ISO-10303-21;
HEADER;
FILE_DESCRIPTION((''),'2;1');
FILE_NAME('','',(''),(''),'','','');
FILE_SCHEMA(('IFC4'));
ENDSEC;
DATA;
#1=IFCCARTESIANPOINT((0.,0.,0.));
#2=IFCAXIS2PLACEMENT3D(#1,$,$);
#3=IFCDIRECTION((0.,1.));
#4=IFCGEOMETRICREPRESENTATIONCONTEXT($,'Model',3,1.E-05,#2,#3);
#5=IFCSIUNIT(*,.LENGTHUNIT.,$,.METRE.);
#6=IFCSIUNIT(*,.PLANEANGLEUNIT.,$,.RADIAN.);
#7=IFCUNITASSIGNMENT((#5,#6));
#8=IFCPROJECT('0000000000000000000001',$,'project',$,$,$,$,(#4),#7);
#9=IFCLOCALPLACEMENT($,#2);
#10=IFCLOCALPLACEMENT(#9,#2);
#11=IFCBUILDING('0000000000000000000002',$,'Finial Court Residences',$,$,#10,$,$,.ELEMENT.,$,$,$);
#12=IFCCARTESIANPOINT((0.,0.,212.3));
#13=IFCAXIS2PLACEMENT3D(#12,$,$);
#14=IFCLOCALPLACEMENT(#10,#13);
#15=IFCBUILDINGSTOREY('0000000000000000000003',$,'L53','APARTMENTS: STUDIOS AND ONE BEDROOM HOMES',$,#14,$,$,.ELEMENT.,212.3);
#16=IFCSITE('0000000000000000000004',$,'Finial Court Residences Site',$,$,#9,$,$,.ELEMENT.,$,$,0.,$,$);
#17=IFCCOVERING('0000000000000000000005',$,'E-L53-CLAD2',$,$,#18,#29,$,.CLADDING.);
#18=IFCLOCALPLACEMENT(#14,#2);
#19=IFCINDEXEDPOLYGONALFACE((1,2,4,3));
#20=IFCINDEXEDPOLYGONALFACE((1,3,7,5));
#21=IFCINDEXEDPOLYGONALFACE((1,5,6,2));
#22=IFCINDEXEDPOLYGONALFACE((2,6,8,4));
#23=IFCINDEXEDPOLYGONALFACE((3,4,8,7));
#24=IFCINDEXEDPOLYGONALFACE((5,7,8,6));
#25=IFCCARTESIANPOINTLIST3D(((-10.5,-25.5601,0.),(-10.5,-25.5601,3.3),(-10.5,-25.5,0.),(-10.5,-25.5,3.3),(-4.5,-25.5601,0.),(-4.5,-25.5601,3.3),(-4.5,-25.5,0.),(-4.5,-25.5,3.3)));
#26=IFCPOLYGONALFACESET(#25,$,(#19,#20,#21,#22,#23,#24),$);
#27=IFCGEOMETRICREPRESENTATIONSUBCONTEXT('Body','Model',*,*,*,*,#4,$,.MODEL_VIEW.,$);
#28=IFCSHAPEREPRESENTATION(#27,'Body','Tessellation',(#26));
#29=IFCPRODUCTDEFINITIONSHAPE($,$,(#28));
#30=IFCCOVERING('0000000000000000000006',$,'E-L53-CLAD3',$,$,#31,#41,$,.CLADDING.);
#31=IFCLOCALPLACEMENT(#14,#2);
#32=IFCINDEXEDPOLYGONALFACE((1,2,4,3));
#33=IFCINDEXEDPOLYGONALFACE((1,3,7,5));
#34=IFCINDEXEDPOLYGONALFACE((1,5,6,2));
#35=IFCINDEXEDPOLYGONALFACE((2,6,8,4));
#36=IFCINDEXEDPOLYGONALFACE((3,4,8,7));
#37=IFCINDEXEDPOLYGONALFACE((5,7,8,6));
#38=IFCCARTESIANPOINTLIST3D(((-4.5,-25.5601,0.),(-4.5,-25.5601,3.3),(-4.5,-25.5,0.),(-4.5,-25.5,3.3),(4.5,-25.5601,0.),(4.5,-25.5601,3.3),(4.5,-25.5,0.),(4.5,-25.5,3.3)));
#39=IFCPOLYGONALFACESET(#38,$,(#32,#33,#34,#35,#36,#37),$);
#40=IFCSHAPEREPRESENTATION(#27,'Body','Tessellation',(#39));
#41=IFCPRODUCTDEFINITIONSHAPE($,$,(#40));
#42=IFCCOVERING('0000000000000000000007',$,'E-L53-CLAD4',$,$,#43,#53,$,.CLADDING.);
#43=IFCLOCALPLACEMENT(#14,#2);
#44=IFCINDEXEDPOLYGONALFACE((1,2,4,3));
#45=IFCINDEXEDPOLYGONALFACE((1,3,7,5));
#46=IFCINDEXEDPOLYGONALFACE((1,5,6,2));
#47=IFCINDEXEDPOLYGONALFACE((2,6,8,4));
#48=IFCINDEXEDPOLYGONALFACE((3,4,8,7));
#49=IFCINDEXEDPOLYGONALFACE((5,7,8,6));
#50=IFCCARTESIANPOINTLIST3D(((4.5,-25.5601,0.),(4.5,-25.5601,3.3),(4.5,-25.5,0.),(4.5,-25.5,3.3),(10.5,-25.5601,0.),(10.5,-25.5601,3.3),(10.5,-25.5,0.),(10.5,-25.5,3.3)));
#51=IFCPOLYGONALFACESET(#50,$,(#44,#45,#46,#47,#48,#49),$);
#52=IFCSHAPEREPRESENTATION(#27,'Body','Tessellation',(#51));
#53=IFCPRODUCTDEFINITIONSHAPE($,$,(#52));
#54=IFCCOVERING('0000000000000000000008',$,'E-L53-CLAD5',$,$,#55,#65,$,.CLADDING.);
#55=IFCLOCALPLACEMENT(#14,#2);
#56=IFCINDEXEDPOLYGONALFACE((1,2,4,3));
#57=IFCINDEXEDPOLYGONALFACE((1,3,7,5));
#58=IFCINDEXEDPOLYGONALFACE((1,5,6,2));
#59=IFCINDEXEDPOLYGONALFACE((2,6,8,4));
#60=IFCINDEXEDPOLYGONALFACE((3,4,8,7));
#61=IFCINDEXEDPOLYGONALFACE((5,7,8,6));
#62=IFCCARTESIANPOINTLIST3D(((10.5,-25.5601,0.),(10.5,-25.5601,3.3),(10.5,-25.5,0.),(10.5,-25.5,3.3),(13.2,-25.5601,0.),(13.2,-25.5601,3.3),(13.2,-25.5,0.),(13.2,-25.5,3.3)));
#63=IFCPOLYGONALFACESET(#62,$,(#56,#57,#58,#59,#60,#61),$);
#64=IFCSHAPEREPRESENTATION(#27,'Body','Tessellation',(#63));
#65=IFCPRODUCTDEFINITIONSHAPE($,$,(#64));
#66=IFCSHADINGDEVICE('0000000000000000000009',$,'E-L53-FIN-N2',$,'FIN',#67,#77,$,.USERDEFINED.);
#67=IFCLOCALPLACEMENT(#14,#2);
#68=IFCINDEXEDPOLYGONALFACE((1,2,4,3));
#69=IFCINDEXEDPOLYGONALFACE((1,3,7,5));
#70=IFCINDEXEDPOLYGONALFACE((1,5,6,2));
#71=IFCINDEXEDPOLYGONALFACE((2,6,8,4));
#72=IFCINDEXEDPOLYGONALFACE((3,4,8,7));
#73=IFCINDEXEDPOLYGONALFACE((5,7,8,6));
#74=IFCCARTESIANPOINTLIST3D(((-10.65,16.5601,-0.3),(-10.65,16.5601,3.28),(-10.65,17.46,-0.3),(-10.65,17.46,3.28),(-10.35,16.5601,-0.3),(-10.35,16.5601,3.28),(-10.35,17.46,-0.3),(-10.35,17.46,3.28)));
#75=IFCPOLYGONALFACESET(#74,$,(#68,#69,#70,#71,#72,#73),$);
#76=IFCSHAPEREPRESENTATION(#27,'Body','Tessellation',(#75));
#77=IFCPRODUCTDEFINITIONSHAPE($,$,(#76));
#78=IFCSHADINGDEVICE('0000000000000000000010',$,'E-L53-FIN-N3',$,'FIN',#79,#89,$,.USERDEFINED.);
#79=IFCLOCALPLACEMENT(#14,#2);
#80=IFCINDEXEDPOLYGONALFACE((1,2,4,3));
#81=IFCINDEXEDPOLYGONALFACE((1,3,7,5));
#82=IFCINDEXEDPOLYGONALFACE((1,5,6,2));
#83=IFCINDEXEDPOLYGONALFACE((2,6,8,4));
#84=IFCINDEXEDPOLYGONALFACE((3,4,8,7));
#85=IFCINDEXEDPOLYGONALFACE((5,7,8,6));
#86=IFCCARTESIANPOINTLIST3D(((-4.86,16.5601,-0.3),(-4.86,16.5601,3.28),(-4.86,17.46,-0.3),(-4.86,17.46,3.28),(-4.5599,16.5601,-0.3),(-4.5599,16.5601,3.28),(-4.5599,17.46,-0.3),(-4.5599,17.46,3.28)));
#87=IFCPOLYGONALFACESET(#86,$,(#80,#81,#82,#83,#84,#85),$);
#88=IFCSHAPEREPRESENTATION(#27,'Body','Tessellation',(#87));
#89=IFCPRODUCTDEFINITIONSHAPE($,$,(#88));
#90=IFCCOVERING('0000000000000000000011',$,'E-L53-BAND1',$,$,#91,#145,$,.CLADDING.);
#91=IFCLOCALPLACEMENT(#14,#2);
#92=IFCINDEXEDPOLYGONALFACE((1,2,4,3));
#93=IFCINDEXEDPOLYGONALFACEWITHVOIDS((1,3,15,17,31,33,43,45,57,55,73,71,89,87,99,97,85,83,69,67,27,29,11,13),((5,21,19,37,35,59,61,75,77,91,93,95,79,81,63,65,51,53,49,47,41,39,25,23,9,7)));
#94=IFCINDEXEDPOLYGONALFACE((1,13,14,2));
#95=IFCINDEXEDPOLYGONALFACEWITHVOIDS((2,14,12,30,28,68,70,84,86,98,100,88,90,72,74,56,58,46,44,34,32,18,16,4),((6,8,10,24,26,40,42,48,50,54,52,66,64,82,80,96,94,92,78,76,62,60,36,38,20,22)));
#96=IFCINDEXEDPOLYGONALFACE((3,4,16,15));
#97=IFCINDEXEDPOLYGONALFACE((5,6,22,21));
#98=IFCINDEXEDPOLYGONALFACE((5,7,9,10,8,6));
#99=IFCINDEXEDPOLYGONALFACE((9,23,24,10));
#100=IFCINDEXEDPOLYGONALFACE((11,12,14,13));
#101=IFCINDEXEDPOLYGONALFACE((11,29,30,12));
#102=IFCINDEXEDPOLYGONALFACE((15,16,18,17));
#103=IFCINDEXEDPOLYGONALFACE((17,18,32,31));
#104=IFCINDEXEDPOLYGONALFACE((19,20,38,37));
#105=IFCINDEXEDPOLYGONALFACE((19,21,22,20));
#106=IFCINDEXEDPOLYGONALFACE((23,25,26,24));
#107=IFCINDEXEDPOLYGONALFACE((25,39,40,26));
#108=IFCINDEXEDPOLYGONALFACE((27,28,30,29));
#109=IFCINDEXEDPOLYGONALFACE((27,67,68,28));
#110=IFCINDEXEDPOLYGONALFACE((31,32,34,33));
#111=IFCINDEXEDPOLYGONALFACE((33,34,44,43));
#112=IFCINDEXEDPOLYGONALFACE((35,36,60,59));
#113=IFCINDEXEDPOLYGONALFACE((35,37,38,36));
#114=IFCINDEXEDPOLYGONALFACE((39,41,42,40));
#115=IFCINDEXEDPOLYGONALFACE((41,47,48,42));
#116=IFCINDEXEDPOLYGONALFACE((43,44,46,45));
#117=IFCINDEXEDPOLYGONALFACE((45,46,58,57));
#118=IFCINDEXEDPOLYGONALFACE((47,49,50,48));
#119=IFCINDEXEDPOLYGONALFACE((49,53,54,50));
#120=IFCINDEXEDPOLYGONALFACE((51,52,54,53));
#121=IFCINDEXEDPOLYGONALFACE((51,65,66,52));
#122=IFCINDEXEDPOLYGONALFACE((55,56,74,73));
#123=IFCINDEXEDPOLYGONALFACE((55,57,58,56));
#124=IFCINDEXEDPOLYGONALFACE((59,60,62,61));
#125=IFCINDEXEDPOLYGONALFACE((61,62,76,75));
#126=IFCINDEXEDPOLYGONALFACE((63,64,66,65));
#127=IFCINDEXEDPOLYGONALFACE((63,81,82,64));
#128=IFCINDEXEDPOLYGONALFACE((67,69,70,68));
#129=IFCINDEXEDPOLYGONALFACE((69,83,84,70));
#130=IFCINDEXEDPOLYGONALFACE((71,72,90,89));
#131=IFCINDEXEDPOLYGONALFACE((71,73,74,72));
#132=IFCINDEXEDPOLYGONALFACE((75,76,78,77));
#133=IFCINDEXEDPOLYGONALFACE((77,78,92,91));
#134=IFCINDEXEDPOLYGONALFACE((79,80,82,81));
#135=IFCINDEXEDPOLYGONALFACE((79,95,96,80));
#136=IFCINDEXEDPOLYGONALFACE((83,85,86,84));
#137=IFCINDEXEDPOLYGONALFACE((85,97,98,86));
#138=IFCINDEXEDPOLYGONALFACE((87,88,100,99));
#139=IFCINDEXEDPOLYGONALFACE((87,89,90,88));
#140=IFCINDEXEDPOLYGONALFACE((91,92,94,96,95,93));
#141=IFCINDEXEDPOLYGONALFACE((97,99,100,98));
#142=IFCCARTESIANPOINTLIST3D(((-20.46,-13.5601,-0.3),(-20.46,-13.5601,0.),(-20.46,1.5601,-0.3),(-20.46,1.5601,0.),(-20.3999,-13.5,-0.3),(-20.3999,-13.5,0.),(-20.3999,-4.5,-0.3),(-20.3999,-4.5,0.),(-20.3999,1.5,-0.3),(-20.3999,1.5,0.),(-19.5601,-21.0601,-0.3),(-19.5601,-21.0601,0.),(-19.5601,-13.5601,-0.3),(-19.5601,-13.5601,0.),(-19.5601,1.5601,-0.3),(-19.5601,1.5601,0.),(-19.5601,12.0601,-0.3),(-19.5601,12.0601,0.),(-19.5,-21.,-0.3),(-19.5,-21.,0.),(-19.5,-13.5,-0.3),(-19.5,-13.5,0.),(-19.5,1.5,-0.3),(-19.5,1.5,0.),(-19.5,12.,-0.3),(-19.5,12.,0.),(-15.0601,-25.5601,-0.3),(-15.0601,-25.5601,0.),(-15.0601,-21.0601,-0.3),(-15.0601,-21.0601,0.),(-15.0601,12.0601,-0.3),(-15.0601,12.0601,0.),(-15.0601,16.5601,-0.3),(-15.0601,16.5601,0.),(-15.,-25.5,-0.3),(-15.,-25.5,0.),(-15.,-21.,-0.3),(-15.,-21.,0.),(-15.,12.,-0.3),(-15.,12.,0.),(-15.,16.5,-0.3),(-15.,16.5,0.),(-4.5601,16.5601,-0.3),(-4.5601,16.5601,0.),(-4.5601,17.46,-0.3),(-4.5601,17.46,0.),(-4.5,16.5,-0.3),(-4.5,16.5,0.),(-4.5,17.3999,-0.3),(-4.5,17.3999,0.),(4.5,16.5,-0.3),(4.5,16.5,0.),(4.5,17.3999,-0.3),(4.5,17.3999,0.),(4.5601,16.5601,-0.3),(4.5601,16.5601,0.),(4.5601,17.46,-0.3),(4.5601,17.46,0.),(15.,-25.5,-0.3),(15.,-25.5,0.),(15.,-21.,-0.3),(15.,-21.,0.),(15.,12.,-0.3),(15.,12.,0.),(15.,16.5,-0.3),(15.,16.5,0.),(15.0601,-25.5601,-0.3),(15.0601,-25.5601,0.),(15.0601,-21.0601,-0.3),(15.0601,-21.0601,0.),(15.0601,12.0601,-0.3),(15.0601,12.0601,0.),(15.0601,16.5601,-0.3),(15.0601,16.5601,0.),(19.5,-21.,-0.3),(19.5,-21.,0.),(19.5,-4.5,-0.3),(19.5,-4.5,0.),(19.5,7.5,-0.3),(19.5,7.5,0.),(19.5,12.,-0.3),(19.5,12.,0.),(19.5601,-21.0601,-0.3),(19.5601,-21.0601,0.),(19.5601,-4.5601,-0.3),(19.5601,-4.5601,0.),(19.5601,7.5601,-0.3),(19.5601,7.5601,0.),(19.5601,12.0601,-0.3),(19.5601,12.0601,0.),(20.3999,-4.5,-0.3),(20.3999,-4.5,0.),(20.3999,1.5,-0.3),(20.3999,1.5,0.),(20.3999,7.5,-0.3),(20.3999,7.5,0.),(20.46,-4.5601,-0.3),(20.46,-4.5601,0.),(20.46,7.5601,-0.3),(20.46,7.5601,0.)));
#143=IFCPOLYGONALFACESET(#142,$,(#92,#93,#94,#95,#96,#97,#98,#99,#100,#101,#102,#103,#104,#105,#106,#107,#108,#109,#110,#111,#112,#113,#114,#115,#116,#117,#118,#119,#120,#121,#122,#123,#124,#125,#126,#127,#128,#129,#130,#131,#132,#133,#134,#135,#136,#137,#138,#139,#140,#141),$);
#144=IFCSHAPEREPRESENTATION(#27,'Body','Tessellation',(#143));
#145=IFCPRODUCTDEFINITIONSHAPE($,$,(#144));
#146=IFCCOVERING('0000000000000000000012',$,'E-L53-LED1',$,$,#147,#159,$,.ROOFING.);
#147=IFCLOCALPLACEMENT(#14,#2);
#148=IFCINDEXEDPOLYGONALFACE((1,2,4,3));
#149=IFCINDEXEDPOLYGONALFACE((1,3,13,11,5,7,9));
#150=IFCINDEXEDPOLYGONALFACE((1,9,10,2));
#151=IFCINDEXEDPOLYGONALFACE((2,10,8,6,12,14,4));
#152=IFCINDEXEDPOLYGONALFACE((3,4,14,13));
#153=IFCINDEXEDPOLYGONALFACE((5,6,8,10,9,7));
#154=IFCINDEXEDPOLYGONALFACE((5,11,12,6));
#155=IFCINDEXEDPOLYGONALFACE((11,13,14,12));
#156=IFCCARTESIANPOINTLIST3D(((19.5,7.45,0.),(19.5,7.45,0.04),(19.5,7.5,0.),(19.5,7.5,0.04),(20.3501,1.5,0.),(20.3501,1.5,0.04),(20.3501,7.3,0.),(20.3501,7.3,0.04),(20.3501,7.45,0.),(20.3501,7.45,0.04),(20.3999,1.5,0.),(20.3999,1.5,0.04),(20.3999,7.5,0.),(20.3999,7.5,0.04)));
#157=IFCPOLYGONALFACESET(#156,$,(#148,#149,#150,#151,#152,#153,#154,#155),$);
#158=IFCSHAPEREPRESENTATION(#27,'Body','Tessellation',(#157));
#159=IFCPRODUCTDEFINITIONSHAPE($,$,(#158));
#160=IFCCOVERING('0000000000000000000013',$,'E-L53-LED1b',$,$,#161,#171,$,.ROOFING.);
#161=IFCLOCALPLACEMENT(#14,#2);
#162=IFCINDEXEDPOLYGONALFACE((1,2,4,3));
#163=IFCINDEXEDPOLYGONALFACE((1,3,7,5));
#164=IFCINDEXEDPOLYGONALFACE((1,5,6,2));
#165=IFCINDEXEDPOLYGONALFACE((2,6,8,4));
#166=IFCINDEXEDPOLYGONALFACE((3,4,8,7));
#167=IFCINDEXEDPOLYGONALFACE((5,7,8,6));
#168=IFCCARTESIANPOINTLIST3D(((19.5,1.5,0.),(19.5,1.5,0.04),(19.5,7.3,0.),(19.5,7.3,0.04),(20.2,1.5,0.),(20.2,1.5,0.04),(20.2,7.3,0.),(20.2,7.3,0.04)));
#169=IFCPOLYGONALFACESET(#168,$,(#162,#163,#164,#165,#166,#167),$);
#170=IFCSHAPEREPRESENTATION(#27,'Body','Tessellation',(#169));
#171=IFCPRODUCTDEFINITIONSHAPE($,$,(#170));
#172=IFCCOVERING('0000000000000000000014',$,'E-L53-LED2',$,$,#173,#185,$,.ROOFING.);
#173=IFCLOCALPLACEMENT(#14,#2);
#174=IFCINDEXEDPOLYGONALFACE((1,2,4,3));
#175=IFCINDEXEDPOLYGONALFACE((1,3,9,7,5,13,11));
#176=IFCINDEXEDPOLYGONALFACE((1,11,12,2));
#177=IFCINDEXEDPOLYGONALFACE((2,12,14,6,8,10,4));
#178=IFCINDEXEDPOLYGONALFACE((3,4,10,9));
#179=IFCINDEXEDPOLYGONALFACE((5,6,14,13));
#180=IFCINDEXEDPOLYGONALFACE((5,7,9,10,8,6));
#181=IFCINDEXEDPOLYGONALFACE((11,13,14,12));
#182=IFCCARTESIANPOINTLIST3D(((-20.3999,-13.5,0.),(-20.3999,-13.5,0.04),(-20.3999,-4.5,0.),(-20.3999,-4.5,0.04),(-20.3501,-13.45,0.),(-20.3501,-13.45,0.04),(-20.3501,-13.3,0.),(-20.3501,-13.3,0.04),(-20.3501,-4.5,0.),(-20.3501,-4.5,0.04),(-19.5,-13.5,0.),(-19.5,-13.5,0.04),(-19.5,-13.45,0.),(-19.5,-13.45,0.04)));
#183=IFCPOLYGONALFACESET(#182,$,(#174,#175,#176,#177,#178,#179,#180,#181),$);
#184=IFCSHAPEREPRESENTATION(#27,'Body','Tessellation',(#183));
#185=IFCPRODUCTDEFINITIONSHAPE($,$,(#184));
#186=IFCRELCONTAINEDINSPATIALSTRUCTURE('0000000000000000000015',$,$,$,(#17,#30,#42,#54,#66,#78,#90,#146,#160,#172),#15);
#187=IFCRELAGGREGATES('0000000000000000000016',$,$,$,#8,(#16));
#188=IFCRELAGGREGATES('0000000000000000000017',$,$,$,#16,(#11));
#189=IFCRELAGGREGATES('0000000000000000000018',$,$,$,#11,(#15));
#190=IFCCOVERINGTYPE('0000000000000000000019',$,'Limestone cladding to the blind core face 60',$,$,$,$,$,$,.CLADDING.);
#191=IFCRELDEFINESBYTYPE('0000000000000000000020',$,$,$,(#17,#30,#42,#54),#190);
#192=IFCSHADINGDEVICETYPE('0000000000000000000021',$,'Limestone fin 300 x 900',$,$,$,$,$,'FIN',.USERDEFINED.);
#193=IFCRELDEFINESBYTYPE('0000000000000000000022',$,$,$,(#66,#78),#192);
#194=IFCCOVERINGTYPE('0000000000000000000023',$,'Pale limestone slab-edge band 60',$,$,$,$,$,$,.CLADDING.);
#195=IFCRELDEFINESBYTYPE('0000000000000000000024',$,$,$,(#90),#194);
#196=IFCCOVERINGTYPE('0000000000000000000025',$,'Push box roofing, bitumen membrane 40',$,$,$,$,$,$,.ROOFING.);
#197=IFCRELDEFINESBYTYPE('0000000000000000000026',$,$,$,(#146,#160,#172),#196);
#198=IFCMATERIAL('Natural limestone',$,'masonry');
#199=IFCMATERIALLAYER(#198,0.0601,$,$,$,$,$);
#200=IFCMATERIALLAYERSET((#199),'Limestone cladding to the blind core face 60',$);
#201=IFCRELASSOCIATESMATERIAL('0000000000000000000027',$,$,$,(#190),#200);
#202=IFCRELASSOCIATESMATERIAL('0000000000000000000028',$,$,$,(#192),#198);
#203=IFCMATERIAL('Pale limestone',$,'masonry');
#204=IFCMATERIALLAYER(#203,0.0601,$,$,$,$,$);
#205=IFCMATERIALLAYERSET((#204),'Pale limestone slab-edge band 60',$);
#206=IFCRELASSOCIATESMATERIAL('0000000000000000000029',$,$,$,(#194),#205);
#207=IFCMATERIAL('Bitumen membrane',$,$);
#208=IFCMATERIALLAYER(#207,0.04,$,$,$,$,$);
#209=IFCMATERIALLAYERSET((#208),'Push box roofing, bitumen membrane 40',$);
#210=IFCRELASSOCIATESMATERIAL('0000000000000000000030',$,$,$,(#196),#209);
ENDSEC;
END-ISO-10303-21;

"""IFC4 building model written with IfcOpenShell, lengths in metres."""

from ifc_helpers import new_model, si_unit, direction, frame, origin, origin_2d, place, context, subcontext, project, spatial, polyline, rectangle, outline, extrude, material, layer, layer_set, type_object, element, save


model = new_model("IFC4")

# Units and contexts
model_context = context("Model", 3, precision=1e-05, world=origin(), true_north=direction((0.0, 1.0)))
body_context = subcontext(model_context, "Body", "Model", "MODEL_VIEW")
ifc_project = project(units=[si_unit("LENGTHUNIT", "METRE"), si_unit("PLANEANGLEUNIT", "RADIAN")], contexts=[model_context])

# Site, building, storey
site_placement = place(None, origin())
site = spatial("IfcSite", under=ifc_project, at=site_placement, Name="Finial Court Residences Site", CompositionType="ELEMENT", RefElevation=0.0)
building_placement = place(site_placement, origin())
building = spatial("IfcBuilding", under=site, at=building_placement, Name="Finial Court Residences", CompositionType="ELEMENT")
storey_placement = place(building_placement, frame((0.0, 0.0, 212.3)))
storey = spatial("IfcBuildingStorey", under=building, at=storey_placement, Name="L53", Description="APARTMENTS: STUDIOS AND ONE BEDROOM HOMES", CompositionType="ELEMENT", Elevation=212.3)

# Coverings
ifc_material_1 = material(Name="Natural limestone", Category="masonry")
ifc_layer_1 = layer(ifc_material_1, 0.0601)
ifc_layer_set_1 = layer_set([ifc_layer_1], Name="Limestone cladding to the blind core face 60")
covering_type_1 = type_object("IfcCoveringType", Name="Limestone cladding to the blind core face 60", PredefinedType="CLADDING", material=ifc_layer_set_1)
covering_1_placement = place(storey_placement, origin())
element("IfcCovering", 1, at=covering_1_placement, inside=storey, type_object=covering_type_1, Name="E-L53-CLAD2", PredefinedType="CLADDING", context=body_context, shape_type="SweptSolid", body=[
    extrude(outline(polyline([(-4.5, -25.5601), (-4.5, -25.5), (-10.5, -25.5), (-10.5, -25.5601), (-4.5, -25.5601)])), origin(), (0.0, 0.0, 1.0), 3.3),
])
covering_2_placement = place(storey_placement, origin())
element("IfcCovering", 2, at=covering_2_placement, inside=storey, type_object=covering_type_1, Name="E-L53-CLAD3", PredefinedType="CLADDING", context=body_context, shape_type="SweptSolid", body=[
    extrude(outline(polyline([(4.5, -25.5601), (4.5, -25.5), (-4.5, -25.5), (-4.5, -25.5601), (4.5, -25.5601)])), origin(), (0.0, 0.0, 1.0), 3.3),
])
covering_3_placement = place(storey_placement, origin())
element("IfcCovering", 3, at=covering_3_placement, inside=storey, type_object=covering_type_1, Name="E-L53-CLAD4", PredefinedType="CLADDING", context=body_context, shape_type="SweptSolid", body=[
    extrude(outline(polyline([(10.5, -25.5601), (10.5, -25.5), (4.5, -25.5), (4.5, -25.5601), (10.5, -25.5601)])), origin(), (0.0, 0.0, 1.0), 3.3),
])
covering_4_placement = place(storey_placement, origin())
element("IfcCovering", 4, at=covering_4_placement, inside=storey, type_object=covering_type_1, Name="E-L53-CLAD5", PredefinedType="CLADDING", context=body_context, shape_type="SweptSolid", body=[
    extrude(outline(polyline([(13.2, -25.5601), (13.2, -25.5), (10.5, -25.5), (10.5, -25.5601), (13.2, -25.5601)])), origin(), (0.0, 0.0, 1.0), 3.3),
])

# Shading devices
shading_device_type = type_object("IfcShadingDeviceType", Name="Limestone fin 300 x 900", ElementType="FIN", PredefinedType="USERDEFINED", material=ifc_material_1)
for number, where, z_axis, x_axis, name in (
    (5, (-10.5, 17.01, -0.3), (0.0, 0.0, 1.0), (1.0, 0.0, 0.0), "E-L53-FIN-N2"),
    (6, (-4.71, 17.01, -0.3), (0.0, 0.0, 1.0), (1.0, 0.0, 0.0), "E-L53-FIN-N3"),
):
    element("IfcShadingDevice", number, at=place(storey_placement, frame(where, z_axis=z_axis, x_axis=x_axis)), inside=storey, type_object=shading_device_type, Name=name, ObjectType="FIN", PredefinedType="USERDEFINED", context=body_context, shape_type="SweptSolid", body=[
        extrude(rectangle(XDim=0.3, YDim=0.8999, at=origin_2d()), origin(), (0.0, 0.0, 1.0), 3.5801),
    ])

# Coverings
ifc_material_2 = material(Name="Pale limestone", Category="masonry")
ifc_layer_2 = layer(ifc_material_2, 0.0601)
ifc_layer_set_2 = layer_set([ifc_layer_2], Name="Pale limestone slab-edge band 60")
covering_type_2 = type_object("IfcCoveringType", Name="Pale limestone slab-edge band 60", PredefinedType="CLADDING", material=ifc_layer_set_2)
covering_5_placement = place(storey_placement, frame((0.0, 0.0, -0.3)))
element("IfcCovering", 7, at=covering_5_placement, inside=storey, type_object=covering_type_2, Name="E-L53-BAND1", PredefinedType="CLADDING", context=body_context, shape_type="SweptSolid", body=[
    extrude(outline(polyline([(-19.5601, 1.5601), (-19.5601, 12.0601), (-15.0601, 12.0601), (-15.0601, 16.5601), (-4.5601, 16.5601), (-4.5601, 17.46), (4.5601, 17.46), (4.5601, 16.5601), (15.0601, 16.5601), (15.0601, 12.0601), (19.5601, 12.0601), (19.5601, 7.5601), (20.46, 7.5601), (20.46, -4.5601), (19.5601, -4.5601), (19.5601, -21.0601), (15.0601, -21.0601), (15.0601, -25.5601), (-15.0601, -25.5601), (-15.0601, -21.0601), (-19.5601, -21.0601), (-19.5601, -13.5601), (-20.46, -13.5601), (-20.46, 1.5601), (-19.5601, 1.5601)]), holes=[polyline([(-20.3999, -13.5), (-19.5, -13.5), (-19.5, -21.0), (-15.0, -21.0), (-15.0, -25.5), (15.0, -25.5), (15.0, -21.0), (19.5, -21.0), (19.5, -4.5), (20.3999, -4.5), (20.3999, 1.5), (20.3999, 7.5), (19.5, 7.5), (19.5, 12.0), (15.0, 12.0), (15.0, 16.5), (4.5, 16.5), (4.5, 17.3999), (-4.5, 17.3999), (-4.5, 16.5), (-15.0, 16.5), (-15.0, 12.0), (-19.5, 12.0), (-19.5, 1.5), (-20.3999, 1.5), (-20.3999, -4.5), (-20.3999, -13.5)])]), origin(), (0.0, 0.0, 1.0), 0.3),
])
ifc_material_3 = material(Name="Bitumen membrane")
ifc_layer_3 = layer(ifc_material_3, 0.04)
ifc_layer_set_3 = layer_set([ifc_layer_3], Name="Push box roofing, bitumen membrane 40")
covering_type_3 = type_object("IfcCoveringType", Name="Push box roofing, bitumen membrane 40", PredefinedType="ROOFING", material=ifc_layer_set_3)
covering_6_placement = place(storey_placement, origin())
element("IfcCovering", 8, at=covering_6_placement, inside=storey, type_object=covering_type_3, Name="E-L53-LED1", PredefinedType="ROOFING", context=body_context, shape_type="SweptSolid", body=[
    extrude(outline(polyline([(20.3501, 1.5), (20.3501, 7.3), (20.3501, 7.3), (20.3501, 7.45), (19.5, 7.45), (19.5, 7.5), (20.3999, 7.5), (20.3999, 1.5), (20.3501, 1.5)])), origin(), (0.0, 0.0, 1.0), 0.04),
])
covering_7_placement = place(storey_placement, origin())
element("IfcCovering", 9, at=covering_7_placement, inside=storey, type_object=covering_type_3, Name="E-L53-LED1b", PredefinedType="ROOFING", context=body_context, shape_type="SweptSolid", body=[
    extrude(outline(polyline([(19.5, 1.5), (19.5, 7.3), (20.2, 7.3), (20.2, 1.5), (19.5, 1.5)])), origin(), (0.0, 0.0, 1.0), 0.04),
])
covering_8_placement = place(storey_placement, origin())
element("IfcCovering", 10, at=covering_8_placement, inside=storey, type_object=covering_type_3, Name="E-L53-LED2", PredefinedType="ROOFING", context=body_context, shape_type="SweptSolid", body=[
    extrude(outline(polyline([(-20.3501, -4.5), (-20.3501, -13.3), (-20.3501, -13.3), (-20.3501, -13.45), (-19.5, -13.45), (-19.5, -13.5), (-20.3999, -13.5), (-20.3999, -4.5), (-20.3501, -4.5)])), origin(), (0.0, 0.0, 1.0), 0.04),
])

save(model, "model.ifc")
